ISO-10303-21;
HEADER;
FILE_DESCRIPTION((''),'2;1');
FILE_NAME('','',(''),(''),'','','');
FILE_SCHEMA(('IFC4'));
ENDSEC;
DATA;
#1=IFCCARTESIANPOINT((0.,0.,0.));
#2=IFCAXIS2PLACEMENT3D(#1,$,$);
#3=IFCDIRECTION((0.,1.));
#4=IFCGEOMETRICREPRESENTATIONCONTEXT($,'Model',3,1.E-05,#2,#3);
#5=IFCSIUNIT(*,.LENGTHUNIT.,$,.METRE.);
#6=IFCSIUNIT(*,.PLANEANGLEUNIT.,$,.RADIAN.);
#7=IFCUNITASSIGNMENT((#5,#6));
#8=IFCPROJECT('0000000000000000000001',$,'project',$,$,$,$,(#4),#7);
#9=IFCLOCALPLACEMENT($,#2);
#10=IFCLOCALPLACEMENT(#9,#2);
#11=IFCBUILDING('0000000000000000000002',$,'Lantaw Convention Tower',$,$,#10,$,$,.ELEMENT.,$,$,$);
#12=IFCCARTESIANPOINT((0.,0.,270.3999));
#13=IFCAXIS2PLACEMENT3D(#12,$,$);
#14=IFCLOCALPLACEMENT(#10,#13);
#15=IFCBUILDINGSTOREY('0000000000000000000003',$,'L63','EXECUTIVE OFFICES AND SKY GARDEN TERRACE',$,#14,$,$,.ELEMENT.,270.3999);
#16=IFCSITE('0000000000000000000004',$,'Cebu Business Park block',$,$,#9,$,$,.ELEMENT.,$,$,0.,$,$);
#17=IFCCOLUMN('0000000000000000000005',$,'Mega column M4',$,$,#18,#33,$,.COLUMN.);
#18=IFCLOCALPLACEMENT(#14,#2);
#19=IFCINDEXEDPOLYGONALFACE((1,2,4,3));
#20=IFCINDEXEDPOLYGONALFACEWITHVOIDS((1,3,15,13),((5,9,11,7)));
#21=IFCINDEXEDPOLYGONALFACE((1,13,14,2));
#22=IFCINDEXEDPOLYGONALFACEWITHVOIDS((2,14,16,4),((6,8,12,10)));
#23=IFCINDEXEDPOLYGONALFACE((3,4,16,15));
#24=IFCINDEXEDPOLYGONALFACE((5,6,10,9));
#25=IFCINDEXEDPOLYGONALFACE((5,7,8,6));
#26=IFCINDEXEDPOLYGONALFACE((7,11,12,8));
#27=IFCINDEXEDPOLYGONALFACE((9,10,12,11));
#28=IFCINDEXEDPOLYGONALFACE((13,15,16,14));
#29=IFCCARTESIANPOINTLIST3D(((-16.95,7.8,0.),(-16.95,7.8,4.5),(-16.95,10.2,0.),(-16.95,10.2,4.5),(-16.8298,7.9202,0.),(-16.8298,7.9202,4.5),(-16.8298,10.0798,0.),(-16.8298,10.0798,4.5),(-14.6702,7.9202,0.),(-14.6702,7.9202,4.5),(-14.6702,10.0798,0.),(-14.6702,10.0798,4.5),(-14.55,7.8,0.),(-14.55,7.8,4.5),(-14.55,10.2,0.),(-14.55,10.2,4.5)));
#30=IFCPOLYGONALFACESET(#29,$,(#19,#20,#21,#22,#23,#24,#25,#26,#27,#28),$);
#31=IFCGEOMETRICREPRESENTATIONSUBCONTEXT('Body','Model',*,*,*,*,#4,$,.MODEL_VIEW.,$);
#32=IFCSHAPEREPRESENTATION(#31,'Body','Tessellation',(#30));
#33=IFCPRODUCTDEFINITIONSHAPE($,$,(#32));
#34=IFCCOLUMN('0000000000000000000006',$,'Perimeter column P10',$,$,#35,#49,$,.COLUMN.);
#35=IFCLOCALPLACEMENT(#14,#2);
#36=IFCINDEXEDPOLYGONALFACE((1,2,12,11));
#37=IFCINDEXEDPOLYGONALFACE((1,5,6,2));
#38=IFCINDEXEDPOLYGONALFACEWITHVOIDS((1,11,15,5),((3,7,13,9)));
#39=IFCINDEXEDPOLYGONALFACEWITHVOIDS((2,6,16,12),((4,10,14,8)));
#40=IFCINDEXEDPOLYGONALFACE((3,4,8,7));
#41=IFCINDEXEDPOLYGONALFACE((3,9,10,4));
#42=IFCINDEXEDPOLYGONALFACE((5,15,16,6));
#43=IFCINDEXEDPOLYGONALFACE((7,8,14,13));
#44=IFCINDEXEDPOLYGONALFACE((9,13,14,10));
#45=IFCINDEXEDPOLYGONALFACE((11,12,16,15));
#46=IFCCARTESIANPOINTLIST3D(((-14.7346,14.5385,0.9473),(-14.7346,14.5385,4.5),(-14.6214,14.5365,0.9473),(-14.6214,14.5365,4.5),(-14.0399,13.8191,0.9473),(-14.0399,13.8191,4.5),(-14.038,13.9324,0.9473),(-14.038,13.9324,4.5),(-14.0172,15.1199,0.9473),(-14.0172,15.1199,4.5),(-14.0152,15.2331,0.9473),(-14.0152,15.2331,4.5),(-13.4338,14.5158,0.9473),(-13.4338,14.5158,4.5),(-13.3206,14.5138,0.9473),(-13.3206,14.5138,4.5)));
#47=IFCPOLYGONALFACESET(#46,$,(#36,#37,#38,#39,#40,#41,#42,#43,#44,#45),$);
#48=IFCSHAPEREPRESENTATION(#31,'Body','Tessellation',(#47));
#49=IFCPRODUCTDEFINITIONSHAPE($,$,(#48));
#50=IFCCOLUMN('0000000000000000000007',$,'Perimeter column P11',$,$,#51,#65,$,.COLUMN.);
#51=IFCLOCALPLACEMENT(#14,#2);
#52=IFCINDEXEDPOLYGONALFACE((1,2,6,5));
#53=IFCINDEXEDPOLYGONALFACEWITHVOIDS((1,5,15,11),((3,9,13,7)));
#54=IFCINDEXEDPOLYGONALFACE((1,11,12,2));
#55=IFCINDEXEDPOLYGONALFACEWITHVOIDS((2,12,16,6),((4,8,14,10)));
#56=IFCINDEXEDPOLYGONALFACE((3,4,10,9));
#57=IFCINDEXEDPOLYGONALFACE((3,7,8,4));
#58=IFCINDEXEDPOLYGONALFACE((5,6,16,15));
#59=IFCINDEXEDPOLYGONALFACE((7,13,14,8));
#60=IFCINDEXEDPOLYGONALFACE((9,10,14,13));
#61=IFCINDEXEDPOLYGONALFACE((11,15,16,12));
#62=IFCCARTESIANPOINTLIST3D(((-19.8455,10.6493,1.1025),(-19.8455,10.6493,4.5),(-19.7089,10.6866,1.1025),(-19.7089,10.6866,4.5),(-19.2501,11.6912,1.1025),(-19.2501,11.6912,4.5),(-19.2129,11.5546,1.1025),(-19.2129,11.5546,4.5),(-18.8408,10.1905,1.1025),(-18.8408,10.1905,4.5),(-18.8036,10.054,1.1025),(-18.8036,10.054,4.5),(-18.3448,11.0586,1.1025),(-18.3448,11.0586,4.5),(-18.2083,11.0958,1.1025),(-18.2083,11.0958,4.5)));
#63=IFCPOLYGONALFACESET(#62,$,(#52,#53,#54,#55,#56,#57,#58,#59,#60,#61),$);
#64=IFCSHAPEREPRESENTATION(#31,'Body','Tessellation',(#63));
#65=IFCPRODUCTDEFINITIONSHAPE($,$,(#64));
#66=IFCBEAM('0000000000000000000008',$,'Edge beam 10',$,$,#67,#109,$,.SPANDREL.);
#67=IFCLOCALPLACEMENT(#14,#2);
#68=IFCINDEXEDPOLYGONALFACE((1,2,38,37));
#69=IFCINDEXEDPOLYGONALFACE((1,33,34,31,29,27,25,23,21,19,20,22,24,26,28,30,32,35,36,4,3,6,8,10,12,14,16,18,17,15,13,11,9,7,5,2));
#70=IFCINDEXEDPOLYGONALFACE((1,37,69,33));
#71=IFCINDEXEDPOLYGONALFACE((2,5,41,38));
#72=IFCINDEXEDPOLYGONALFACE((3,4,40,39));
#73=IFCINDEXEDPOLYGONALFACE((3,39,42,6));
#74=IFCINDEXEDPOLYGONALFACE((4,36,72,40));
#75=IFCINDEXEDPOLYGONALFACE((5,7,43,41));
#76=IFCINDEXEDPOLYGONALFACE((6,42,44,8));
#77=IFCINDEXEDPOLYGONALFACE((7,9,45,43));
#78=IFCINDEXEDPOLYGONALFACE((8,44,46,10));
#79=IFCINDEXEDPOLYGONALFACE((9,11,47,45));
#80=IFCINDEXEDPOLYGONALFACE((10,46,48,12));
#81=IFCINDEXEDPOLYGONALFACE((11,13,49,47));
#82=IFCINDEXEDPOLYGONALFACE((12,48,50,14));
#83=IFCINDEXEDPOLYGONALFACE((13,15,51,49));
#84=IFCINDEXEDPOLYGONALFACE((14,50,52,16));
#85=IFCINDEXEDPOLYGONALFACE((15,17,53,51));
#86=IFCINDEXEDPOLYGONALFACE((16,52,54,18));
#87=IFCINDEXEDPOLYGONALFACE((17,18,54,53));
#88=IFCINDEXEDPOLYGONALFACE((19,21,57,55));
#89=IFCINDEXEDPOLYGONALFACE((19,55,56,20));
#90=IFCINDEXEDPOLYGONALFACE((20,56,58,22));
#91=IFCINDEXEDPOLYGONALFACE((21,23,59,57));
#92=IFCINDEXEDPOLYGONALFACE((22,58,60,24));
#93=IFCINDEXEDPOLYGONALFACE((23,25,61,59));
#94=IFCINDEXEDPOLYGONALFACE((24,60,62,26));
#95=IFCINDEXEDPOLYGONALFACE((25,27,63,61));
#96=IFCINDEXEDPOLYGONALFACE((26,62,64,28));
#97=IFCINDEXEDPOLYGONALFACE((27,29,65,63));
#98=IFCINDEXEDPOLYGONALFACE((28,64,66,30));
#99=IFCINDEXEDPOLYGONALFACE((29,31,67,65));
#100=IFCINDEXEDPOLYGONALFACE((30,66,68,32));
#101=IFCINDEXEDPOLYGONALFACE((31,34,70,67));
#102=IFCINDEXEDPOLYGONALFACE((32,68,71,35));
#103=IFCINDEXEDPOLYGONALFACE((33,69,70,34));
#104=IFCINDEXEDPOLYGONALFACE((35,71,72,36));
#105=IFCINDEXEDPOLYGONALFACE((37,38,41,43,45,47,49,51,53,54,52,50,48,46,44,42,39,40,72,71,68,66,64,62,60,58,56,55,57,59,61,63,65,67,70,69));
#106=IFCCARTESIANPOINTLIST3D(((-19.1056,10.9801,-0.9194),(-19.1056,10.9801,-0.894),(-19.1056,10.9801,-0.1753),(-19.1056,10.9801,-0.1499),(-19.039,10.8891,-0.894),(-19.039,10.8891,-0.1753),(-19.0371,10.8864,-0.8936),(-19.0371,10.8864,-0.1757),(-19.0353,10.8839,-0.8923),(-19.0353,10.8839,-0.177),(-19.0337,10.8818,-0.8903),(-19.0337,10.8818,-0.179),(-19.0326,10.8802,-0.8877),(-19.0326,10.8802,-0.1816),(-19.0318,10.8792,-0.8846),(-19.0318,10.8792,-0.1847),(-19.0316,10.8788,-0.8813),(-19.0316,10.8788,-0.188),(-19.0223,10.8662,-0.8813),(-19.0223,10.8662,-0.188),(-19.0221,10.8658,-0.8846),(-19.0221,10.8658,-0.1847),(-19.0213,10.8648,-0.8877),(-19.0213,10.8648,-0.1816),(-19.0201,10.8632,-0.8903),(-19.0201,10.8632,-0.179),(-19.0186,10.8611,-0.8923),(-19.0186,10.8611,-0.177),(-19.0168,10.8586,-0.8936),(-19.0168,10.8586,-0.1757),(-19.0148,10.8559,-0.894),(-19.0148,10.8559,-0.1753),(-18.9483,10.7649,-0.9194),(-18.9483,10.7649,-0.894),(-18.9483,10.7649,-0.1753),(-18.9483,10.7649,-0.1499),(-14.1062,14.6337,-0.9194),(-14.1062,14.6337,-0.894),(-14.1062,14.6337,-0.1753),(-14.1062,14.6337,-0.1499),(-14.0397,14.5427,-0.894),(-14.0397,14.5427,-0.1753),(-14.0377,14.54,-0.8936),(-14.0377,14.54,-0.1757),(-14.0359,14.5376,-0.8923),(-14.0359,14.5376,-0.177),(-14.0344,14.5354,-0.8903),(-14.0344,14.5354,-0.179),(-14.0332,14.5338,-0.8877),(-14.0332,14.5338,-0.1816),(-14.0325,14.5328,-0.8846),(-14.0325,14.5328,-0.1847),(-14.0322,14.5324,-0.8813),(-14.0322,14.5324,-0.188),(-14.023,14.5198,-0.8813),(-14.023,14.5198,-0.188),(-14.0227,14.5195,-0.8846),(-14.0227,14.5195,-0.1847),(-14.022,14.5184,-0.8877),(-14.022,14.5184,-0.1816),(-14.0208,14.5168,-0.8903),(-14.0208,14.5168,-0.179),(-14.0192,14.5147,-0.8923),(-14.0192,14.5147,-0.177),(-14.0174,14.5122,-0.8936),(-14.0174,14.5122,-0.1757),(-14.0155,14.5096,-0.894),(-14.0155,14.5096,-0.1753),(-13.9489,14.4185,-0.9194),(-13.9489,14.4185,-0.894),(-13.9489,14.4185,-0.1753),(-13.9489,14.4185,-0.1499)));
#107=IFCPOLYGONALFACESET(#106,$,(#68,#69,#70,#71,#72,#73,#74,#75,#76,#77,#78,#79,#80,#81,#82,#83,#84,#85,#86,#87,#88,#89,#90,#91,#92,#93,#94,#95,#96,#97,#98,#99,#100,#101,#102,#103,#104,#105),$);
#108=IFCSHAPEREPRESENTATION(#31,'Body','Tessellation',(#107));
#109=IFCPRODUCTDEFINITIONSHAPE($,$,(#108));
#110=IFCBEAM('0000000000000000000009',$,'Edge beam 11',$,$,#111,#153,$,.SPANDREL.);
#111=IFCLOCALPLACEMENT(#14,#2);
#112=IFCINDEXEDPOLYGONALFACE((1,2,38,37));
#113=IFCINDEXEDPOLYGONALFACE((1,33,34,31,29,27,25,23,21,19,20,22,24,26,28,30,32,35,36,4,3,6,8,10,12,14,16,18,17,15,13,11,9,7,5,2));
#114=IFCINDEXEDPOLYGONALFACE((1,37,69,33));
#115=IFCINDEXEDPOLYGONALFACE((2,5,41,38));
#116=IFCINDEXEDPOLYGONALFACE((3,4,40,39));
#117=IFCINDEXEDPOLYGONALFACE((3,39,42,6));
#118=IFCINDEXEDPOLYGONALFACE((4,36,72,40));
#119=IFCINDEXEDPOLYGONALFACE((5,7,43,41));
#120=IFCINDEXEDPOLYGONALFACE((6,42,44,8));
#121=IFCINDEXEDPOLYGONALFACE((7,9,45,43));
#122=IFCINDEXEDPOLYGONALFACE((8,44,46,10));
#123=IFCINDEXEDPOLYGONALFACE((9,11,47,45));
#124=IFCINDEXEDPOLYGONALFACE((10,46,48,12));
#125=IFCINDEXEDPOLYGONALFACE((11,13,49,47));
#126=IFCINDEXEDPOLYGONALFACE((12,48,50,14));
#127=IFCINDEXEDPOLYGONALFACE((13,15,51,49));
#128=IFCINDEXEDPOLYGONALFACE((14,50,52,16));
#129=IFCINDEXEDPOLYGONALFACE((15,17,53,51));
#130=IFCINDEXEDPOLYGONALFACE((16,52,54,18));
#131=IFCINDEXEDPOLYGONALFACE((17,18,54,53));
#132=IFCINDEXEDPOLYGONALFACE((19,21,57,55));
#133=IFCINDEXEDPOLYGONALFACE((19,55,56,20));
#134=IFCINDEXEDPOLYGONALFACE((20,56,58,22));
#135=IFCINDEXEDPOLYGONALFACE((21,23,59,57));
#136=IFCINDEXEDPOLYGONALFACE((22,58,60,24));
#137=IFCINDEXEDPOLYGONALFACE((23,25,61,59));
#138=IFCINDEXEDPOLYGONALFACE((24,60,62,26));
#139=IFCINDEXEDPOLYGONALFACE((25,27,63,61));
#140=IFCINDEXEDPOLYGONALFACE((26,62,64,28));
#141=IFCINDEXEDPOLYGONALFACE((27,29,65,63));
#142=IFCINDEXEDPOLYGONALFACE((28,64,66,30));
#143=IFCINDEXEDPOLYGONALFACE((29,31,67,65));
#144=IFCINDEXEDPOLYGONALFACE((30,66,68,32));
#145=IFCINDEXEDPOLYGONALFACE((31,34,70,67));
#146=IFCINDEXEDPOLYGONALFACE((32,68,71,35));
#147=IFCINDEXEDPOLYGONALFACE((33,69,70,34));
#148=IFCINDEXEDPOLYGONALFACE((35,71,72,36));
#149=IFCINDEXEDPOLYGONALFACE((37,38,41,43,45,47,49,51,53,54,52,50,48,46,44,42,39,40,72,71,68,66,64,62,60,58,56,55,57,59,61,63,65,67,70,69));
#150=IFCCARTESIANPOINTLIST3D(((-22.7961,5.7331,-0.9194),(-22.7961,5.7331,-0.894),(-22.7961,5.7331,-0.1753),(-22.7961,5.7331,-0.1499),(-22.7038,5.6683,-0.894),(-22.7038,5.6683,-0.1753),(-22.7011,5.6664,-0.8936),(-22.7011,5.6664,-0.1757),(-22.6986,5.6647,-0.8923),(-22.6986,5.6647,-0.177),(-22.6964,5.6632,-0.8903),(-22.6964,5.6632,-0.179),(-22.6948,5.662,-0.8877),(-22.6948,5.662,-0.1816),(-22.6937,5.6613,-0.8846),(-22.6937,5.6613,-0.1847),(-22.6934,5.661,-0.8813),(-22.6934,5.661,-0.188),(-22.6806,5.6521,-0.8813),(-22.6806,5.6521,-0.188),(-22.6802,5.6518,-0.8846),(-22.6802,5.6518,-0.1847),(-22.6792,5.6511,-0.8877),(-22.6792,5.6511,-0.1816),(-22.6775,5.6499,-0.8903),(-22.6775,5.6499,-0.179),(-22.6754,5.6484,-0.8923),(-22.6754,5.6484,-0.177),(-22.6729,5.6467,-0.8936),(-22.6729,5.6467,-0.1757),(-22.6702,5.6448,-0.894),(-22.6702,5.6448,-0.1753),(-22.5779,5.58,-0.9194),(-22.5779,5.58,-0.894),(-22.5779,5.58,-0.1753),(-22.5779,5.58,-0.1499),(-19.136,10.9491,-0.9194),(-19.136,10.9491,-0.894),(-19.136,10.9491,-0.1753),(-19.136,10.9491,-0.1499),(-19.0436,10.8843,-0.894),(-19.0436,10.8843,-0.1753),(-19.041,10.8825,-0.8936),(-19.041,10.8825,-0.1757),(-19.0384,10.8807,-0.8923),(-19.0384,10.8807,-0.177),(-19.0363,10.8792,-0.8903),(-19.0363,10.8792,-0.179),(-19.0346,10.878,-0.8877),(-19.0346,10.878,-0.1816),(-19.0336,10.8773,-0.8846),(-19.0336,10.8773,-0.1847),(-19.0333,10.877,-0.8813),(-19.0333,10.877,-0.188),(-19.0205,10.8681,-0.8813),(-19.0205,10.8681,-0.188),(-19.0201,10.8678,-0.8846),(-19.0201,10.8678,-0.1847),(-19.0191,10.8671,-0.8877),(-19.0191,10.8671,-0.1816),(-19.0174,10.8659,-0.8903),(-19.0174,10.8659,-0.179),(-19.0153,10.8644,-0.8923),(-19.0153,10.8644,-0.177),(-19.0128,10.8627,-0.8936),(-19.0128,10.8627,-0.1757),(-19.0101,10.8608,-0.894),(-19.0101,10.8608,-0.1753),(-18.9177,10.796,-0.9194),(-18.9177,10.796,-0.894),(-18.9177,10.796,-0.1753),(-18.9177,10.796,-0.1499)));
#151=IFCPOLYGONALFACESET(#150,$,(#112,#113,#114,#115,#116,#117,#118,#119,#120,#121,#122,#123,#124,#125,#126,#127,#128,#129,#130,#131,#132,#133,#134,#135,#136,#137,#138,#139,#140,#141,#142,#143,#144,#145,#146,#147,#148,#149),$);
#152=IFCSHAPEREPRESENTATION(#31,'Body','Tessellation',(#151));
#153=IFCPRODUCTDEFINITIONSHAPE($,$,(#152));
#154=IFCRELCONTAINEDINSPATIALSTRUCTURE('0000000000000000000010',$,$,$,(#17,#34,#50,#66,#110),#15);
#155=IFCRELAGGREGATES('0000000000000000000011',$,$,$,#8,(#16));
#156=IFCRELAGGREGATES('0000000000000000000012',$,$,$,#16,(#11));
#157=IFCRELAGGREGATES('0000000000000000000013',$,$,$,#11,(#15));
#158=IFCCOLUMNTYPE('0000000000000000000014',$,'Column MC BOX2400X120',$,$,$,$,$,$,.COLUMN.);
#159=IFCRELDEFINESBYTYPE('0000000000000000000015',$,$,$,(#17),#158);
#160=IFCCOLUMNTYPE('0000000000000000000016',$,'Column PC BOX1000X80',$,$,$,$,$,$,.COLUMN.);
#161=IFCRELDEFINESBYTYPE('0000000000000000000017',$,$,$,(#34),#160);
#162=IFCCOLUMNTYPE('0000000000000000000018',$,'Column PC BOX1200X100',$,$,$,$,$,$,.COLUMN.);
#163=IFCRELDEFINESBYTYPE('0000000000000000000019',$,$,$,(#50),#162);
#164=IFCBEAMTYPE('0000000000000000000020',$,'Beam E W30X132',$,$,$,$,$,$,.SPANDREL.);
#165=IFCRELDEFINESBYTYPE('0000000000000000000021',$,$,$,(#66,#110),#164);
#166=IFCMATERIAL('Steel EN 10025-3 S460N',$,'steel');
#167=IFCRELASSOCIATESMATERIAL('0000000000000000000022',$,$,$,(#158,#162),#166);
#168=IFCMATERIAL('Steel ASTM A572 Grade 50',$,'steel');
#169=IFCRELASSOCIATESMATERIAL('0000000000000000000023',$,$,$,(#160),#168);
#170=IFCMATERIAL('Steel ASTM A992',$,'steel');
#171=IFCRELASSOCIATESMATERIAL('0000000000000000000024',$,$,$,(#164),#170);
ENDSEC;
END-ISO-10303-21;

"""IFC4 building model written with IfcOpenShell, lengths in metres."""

from ifc_helpers import new_model, si_unit, direction, frame, origin, origin_2d, place, context, subcontext, project, spatial, rectangle, hollow_rectangle, i_section, extrude, material, material_profile, profile_set, type_object, element, save


model = new_model("IFC4")

# Units and contexts
model_context = context("Model", 3, precision=1e-05, world=origin(), true_north=direction((0.0, 1.0)))
body_context = subcontext(model_context, "Body", "Model", "MODEL_VIEW")
ifc_project = project(units=[si_unit("LENGTHUNIT", "METRE"), si_unit("PLANEANGLEUNIT", "RADIAN")], contexts=[model_context])

# Site, building, storey
site_placement = place(None, origin())
site = spatial("IfcSite", under=ifc_project, at=site_placement, Name="Cebu Business Park block", CompositionType="ELEMENT", RefElevation=0.0)
building_placement = place(site_placement, origin())
building = spatial("IfcBuilding", under=site, at=building_placement, Name="Lantaw Convention Tower", CompositionType="ELEMENT")
storey_placement = place(building_placement, frame((0.0, 0.0, 270.3999)))
storey = spatial("IfcBuildingStorey", under=building, at=storey_placement, Name="L63", Description="EXECUTIVE OFFICES AND SKY GARDEN TERRACE", CompositionType="ELEMENT", Elevation=270.3999)

# Columns
ifc_material_1 = material(Name="Steel EN 10025-3 S460N", Category="steel")
ifc_material_profile_1 = material_profile(ifc_material_1, hollow_rectangle(XDim=2.3999, YDim=2.3999, WallThickness=0.1201, at=origin_2d()), Name="BOX2400X120")
ifc_material_2 = material(Name="Concrete C60/75", Category="concrete")
ifc_material_profile_2 = material_profile(ifc_material_2, rectangle(XDim=2.1599, YDim=2.1599, at=origin_2d()), Name="Concrete fill of BOX2400X120")
ifc_profile_set_1 = profile_set([ifc_material_profile_1, ifc_material_profile_2], Name="Steel EN 10025-3 S460N")
column_type_1 = type_object("IfcColumnType", Name="Column MC BOX2400X120", PredefinedType="COLUMN", material=ifc_profile_set_1)
column_1_placement = place(storey_placement, frame((-15.75, 9.0, 0.0), z_axis=(0.0, 0.0, 1.0), x_axis=(1.0, 0.0, 0.0)))
element("IfcColumn", 1, at=column_1_placement, inside=storey, type_object=column_type_1, Name="Mega column M4", PredefinedType="COLUMN", context=body_context, shape_type="SweptSolid", body=[
    extrude(hollow_rectangle(XDim=2.3999, YDim=2.3999, WallThickness=0.1201, at=origin_2d()), origin(), (0.0, 0.0, 1.0), 4.5),
])
ifc_material_3 = material(Name="Steel ASTM A572 Grade 50", Category="steel")
ifc_material_profile_3 = material_profile(ifc_material_3, hollow_rectangle(XDim=1.0, YDim=1.0, WallThickness=0.0801, at=origin_2d()), Name="BOX1000X80")
ifc_material_profile_4 = material_profile(ifc_material_2, rectangle(XDim=0.8401, YDim=0.8401, at=origin_2d()), Name="Concrete fill of BOX1000X80")
ifc_profile_set_2 = profile_set([ifc_material_profile_3, ifc_material_profile_4], Name="Steel ASTM A572 Grade 50")
column_type_2 = type_object("IfcColumnType", Name="Column PC BOX1000X80", PredefinedType="COLUMN", material=ifc_profile_set_2)
column_2_placement = place(storey_placement, frame((-14.0276, 14.5261, 0.9473), z_axis=(0.0, 0.0, 1.0), x_axis=(0.71934, 0.694658, 0.0)))
element("IfcColumn", 2, at=column_2_placement, inside=storey, type_object=column_type_2, Name="Perimeter column P10", PredefinedType="COLUMN", context=body_context, shape_type="SweptSolid", body=[
    extrude(hollow_rectangle(XDim=1.0, YDim=1.0, WallThickness=0.0801, at=origin_2d()), origin(), (0.0, 0.0, 1.0), 3.5527),
])
ifc_material_profile_5 = material_profile(ifc_material_1, hollow_rectangle(XDim=1.2, YDim=1.2, WallThickness=0.1001, at=origin_2d()), Name="BOX1200X100")
ifc_material_profile_6 = material_profile(ifc_material_2, rectangle(XDim=1.0, YDim=1.0, at=origin_2d()), Name="Concrete fill of BOX1200X100")
ifc_profile_set_3 = profile_set([ifc_material_profile_5, ifc_material_profile_6], Name="Steel EN 10025-3 S460N")
column_type_3 = type_object("IfcColumnType", Name="Column PC BOX1200X100", PredefinedType="COLUMN", material=ifc_profile_set_3)
column_3_placement = place(storey_placement, frame((-19.0269, 10.8726, 1.1025), z_axis=(0.0, 0.0, 1.0), x_axis=(0.496139, 0.868243, 0.0)))
element("IfcColumn", 3, at=column_3_placement, inside=storey, type_object=column_type_3, Name="Perimeter column P11", PredefinedType="COLUMN", context=body_context, shape_type="SweptSolid", body=[
    extrude(hollow_rectangle(XDim=1.2, YDim=1.2, WallThickness=0.1001, at=origin_2d()), origin(), (0.0, 0.0, 1.0), 3.3975),
])

# Beams
ifc_material_4 = material(Name="Steel ASTM A992", Category="steel")
ifc_material_profile_7 = material_profile(ifc_material_4, i_section(OverallWidth=0.2666, OverallDepth=0.7695, WebThickness=0.0156, FlangeThickness=0.0254, FilletRadius=0.0127, at=origin_2d()), Name="W30X132")
ifc_profile_set_4 = profile_set([ifc_material_profile_7], Name="Steel ASTM A992")
beam_type_1 = type_object("IfcBeamType", Name="Beam E W30X132", PredefinedType="SPANDREL", material=ifc_profile_set_4)
beam_1_placement = place(storey_placement, frame((-14.0276, 14.5261, -0.5347), z_axis=(-0.807372, -0.590043, 0.0), x_axis=(0.590043, -0.807372, 0.0)))
element("IfcBeam", 4, at=beam_1_placement, inside=storey, type_object=beam_type_1, Name="Edge beam 10", PredefinedType="SPANDREL", context=body_context, shape_type="SweptSolid", body=[
    extrude(i_section(OverallWidth=0.2666, OverallDepth=0.7695, WebThickness=0.0156, FlangeThickness=0.0254, FilletRadius=0.0127, at=origin_2d()), origin(), (0.0, 0.0, 1.0), 6.1921),
])
beam_2_placement = place(storey_placement, frame((-19.0269, 10.8726, -0.5347), z_axis=(-0.574401, -0.818574, 0.0), x_axis=(0.818574, -0.574401, 0.0)))
element("IfcBeam", 5, at=beam_2_placement, inside=storey, type_object=beam_type_1, Name="Edge beam 11", PredefinedType="SPANDREL", context=body_context, shape_type="SweptSolid", body=[
    extrude(i_section(OverallWidth=0.2666, OverallDepth=0.7695, WebThickness=0.0156, FlangeThickness=0.0254, FilletRadius=0.0127, at=origin_2d()), origin(), (0.0, 0.0, 1.0), 6.3721),
])

save(model, "model.ifc")
